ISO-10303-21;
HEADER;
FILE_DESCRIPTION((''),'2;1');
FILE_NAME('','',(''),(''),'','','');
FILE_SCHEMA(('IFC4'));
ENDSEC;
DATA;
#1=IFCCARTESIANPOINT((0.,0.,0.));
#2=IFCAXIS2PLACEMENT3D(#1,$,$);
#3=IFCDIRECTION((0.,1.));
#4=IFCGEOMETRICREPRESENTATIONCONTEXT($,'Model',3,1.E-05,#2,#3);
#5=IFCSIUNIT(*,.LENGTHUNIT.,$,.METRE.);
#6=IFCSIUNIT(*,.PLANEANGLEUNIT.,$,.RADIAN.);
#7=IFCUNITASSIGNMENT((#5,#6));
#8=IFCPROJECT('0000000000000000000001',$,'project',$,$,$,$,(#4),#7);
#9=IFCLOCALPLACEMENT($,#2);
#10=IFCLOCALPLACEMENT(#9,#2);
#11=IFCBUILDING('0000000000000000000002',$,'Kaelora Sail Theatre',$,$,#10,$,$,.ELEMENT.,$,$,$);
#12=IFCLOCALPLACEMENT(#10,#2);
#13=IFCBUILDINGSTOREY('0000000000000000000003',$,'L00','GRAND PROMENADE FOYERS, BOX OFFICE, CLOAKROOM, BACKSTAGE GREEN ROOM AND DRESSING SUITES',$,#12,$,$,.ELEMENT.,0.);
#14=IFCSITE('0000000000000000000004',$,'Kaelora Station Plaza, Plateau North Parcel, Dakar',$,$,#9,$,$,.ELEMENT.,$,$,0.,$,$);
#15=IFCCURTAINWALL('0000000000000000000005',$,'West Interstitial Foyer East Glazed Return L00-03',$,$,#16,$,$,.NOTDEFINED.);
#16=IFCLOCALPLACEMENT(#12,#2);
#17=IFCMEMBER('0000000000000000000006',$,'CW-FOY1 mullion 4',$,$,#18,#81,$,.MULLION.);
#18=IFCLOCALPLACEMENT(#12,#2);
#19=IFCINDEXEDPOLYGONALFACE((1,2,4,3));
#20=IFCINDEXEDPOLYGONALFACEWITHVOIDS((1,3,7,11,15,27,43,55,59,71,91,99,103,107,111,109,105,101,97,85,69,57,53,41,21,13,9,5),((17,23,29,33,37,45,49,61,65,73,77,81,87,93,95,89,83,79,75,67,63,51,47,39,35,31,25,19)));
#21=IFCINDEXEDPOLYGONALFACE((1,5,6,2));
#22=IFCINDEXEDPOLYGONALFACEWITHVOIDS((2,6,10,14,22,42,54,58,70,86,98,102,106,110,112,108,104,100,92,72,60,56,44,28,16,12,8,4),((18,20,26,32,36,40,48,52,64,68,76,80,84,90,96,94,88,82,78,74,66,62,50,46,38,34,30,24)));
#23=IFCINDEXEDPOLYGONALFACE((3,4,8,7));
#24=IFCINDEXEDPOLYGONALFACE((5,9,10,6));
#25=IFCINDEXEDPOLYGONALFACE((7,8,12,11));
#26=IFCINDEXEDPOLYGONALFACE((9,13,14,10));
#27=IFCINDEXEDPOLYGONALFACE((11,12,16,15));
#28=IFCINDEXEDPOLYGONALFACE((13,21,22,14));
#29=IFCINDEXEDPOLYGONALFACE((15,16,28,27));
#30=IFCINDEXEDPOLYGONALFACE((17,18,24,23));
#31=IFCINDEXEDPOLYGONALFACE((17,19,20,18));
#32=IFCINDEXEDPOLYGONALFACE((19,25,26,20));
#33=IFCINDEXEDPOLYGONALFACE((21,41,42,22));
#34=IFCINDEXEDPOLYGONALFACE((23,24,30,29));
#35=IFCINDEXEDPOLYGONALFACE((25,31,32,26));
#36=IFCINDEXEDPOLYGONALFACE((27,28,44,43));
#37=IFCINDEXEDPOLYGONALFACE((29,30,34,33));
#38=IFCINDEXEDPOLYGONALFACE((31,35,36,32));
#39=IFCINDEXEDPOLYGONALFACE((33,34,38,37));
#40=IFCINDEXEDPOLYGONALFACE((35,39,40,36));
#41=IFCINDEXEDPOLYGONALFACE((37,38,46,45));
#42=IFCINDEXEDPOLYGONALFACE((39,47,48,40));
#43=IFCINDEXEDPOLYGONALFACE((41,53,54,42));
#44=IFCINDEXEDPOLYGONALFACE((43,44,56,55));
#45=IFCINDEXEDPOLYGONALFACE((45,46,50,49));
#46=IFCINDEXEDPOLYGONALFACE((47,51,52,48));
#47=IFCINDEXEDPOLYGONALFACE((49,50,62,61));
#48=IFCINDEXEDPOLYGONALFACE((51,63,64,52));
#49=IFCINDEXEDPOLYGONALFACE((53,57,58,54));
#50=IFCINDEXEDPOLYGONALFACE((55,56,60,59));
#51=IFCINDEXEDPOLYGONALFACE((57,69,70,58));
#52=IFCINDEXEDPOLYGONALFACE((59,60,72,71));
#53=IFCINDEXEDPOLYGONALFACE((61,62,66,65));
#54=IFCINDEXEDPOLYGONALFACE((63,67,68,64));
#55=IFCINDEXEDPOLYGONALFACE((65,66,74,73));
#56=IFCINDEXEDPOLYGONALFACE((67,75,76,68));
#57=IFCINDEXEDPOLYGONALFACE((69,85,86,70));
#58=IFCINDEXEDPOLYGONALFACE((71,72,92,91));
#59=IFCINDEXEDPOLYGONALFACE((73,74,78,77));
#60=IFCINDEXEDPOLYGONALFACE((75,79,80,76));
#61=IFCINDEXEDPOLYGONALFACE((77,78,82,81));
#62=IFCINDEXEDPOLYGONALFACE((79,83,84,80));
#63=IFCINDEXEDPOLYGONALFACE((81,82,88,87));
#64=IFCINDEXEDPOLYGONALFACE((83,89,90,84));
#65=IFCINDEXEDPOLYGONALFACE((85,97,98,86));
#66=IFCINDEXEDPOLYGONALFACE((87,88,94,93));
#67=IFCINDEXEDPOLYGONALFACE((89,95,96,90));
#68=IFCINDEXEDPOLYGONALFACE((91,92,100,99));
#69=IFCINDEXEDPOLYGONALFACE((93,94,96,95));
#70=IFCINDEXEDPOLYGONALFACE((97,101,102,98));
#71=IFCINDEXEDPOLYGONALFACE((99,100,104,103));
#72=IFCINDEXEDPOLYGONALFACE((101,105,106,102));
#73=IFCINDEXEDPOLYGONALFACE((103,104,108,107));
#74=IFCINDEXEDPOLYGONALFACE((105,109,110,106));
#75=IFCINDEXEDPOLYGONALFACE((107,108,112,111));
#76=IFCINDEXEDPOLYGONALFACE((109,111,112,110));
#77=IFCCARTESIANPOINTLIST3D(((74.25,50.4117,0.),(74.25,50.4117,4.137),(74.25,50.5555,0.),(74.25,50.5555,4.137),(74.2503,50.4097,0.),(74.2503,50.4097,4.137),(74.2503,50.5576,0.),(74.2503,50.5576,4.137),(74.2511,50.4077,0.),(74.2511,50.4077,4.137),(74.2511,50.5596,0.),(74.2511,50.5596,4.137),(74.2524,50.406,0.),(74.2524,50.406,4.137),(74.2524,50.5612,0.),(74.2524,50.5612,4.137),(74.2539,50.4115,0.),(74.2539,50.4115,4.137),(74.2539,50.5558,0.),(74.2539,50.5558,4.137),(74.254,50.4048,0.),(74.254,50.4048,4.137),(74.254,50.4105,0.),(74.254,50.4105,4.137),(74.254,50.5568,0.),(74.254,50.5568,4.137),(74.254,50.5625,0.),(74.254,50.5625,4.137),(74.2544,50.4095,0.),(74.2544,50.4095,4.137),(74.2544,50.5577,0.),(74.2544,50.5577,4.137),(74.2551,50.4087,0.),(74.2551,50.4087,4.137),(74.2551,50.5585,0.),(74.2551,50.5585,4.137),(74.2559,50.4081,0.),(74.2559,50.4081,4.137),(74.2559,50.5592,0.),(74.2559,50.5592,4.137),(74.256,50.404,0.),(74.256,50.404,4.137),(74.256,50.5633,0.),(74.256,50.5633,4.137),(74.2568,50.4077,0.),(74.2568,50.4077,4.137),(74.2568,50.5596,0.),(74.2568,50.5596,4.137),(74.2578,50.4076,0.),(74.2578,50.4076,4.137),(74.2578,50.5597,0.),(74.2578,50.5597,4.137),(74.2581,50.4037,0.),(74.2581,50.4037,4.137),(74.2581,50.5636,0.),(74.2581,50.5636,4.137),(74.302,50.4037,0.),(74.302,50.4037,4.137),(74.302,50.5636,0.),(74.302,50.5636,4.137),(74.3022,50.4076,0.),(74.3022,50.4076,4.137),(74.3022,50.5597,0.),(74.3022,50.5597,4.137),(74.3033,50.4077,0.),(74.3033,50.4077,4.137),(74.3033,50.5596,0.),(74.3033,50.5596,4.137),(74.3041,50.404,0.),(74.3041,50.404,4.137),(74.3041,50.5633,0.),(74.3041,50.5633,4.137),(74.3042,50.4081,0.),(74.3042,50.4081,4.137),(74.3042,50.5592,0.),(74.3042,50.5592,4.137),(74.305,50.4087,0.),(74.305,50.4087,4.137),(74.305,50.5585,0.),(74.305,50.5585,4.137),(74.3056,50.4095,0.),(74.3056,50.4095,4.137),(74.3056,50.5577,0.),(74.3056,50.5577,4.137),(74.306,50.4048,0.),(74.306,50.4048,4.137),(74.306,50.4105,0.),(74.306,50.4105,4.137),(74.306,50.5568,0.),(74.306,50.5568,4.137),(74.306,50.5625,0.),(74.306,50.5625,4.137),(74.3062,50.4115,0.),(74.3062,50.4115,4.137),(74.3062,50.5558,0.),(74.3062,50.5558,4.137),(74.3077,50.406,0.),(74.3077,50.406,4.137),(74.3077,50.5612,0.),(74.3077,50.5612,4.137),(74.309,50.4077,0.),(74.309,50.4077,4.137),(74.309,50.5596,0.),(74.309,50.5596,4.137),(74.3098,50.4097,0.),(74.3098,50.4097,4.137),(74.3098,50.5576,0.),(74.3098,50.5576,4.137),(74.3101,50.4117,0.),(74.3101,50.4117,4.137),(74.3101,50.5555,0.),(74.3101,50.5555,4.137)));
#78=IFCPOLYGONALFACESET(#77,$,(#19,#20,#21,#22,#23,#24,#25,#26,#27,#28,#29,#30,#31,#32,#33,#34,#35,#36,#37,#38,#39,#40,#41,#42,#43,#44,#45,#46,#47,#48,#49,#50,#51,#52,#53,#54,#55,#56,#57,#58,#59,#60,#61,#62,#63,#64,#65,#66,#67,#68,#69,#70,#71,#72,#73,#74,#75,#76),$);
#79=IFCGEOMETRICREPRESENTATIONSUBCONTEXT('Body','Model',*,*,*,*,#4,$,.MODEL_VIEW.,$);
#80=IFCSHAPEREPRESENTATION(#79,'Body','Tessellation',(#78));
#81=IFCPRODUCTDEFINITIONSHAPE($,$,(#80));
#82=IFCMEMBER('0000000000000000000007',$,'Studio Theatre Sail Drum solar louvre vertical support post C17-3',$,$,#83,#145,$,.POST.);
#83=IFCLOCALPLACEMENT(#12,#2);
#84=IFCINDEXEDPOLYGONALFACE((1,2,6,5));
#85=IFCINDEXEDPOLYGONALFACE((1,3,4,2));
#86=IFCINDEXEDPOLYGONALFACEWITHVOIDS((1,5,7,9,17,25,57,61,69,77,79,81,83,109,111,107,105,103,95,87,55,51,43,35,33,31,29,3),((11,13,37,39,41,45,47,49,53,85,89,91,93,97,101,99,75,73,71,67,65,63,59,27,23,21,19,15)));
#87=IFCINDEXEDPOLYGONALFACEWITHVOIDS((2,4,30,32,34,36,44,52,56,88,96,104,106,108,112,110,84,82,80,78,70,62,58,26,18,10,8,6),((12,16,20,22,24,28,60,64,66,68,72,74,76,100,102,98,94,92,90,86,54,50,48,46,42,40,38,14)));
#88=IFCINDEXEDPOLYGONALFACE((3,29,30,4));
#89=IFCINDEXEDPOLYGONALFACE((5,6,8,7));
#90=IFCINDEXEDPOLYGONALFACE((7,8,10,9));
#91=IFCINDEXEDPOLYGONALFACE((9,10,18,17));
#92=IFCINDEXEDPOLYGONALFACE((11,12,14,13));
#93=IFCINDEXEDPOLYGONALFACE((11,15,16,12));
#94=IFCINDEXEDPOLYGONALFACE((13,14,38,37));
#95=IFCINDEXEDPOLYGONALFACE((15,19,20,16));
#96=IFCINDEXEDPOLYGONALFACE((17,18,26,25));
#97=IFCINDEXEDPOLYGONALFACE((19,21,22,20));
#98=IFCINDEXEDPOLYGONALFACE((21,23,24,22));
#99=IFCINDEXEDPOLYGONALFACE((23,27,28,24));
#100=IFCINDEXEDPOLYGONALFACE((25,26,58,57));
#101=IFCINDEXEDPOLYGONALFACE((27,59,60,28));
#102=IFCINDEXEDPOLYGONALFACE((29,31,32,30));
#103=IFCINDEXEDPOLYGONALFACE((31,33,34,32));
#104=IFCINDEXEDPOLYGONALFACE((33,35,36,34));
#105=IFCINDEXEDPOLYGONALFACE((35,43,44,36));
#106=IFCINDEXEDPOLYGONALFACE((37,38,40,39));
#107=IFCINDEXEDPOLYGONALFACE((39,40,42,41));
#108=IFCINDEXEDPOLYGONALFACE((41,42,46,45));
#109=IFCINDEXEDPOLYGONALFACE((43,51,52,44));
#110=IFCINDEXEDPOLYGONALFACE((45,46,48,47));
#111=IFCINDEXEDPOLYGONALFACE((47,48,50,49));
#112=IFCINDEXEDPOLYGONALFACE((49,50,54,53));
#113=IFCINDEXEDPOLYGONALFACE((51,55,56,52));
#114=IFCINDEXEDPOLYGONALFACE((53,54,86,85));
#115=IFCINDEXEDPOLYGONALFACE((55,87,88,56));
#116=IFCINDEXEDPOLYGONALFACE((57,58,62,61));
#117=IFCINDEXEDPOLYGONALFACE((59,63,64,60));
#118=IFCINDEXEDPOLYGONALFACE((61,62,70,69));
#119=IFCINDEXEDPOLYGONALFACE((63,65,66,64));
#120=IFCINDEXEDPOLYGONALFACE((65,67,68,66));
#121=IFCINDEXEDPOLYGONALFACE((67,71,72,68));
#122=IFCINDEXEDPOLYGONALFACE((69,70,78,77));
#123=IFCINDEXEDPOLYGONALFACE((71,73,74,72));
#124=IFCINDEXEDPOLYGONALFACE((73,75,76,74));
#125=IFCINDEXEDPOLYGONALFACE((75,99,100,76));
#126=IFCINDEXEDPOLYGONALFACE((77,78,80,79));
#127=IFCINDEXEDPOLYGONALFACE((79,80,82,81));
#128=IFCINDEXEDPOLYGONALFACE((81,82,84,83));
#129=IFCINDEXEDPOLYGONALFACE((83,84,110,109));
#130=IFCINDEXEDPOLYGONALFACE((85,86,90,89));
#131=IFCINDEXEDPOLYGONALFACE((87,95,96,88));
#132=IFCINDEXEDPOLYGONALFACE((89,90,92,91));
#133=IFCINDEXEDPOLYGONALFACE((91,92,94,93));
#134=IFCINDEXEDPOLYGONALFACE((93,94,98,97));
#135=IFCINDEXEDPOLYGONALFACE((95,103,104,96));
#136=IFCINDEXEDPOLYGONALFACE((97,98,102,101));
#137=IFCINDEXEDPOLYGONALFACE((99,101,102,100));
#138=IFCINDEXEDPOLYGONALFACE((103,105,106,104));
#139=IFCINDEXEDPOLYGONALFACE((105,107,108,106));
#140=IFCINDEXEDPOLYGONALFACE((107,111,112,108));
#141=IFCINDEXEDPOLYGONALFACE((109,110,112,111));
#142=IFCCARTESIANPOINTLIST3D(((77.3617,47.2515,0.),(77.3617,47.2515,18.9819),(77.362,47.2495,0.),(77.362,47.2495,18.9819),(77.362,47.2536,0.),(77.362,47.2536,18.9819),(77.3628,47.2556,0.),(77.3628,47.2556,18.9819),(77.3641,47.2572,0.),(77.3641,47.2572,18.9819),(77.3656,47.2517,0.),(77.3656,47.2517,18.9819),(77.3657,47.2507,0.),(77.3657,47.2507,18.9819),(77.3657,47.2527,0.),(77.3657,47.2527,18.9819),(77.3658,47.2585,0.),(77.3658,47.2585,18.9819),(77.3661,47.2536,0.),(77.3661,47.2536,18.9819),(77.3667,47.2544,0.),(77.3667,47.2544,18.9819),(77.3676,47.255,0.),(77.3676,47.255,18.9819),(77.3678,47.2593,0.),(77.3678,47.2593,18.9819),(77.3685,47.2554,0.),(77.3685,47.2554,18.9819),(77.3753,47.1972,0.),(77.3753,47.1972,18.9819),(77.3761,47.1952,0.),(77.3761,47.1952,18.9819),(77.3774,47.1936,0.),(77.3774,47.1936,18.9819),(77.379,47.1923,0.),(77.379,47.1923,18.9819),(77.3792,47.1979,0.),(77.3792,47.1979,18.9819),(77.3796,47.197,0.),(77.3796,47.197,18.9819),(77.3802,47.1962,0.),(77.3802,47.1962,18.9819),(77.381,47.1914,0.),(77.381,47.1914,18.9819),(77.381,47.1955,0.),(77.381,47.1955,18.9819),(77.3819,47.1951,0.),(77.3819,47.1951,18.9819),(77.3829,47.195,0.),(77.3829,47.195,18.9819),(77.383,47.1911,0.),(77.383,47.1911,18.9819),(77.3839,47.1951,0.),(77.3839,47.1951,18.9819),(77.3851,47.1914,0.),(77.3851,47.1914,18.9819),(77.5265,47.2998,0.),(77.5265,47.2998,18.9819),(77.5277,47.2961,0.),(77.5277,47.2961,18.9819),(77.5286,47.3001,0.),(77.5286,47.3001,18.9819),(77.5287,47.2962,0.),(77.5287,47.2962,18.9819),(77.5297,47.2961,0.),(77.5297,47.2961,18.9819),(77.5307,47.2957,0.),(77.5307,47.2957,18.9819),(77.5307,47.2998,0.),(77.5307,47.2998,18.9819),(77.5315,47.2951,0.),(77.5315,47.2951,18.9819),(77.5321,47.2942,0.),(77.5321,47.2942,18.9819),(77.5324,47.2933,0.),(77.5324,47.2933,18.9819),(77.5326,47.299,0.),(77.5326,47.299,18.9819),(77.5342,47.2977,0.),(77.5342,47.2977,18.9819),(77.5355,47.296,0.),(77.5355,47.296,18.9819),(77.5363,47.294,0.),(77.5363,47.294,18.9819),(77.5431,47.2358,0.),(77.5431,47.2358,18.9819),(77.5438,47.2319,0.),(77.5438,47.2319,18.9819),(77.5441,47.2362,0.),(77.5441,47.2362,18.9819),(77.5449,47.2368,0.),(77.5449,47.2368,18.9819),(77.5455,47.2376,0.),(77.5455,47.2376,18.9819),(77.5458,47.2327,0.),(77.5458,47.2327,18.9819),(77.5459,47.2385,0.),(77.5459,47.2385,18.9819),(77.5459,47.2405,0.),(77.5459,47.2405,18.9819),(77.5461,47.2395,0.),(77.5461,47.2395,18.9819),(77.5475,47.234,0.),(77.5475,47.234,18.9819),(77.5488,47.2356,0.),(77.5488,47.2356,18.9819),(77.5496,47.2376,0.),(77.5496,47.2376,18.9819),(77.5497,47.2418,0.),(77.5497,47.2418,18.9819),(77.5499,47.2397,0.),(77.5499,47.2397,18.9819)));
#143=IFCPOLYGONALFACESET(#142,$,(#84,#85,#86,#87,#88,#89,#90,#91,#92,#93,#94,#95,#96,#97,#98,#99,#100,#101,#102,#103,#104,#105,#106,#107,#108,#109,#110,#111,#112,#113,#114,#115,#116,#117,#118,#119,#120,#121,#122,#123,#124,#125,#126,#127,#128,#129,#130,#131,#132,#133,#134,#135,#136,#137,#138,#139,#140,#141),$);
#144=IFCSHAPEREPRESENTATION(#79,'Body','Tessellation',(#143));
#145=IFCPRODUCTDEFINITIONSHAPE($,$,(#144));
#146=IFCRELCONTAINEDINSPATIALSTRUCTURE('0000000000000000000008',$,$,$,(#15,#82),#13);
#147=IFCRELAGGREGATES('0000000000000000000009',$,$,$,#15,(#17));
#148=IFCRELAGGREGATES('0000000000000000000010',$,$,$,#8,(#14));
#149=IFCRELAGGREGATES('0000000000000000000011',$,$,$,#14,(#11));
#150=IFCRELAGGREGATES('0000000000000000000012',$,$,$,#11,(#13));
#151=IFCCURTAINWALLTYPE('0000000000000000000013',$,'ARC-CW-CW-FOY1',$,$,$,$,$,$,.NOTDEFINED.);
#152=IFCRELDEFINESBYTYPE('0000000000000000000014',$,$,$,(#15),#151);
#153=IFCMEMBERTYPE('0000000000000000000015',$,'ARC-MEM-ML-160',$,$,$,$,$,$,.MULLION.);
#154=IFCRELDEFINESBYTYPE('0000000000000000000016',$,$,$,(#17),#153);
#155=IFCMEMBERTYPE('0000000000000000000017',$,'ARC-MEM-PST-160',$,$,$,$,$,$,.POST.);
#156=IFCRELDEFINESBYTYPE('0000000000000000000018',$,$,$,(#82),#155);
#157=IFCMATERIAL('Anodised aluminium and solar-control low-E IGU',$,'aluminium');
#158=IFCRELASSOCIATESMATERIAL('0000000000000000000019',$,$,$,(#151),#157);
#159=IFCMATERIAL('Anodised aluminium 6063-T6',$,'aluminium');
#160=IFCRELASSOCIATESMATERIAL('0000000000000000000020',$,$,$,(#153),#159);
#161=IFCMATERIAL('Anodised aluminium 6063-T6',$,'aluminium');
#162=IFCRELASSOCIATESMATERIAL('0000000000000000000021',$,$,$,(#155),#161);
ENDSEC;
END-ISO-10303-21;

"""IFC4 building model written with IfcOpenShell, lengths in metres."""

from ifc_helpers import new_model, si_unit, direction, frame, origin, origin_2d, place, context, subcontext, project, spatial, hollow_rectangle, extrude, material, material_profile, profile_set, type_object, element, aggregate, save


model = new_model("IFC4")

# Units and contexts
model_context = context("Model", 3, precision=1e-05, world=origin(), true_north=direction((0.0, 1.0)))
body_context = subcontext(model_context, "Body", "Model", "MODEL_VIEW")
ifc_project = project(units=[si_unit("LENGTHUNIT", "METRE"), si_unit("PLANEANGLEUNIT", "RADIAN")], contexts=[model_context])

# Site, building, storey
site_placement = place(None, origin())
site = spatial("IfcSite", under=ifc_project, at=site_placement, Name="Kaelora Station Plaza, Plateau North Parcel, Dakar", CompositionType="ELEMENT", RefElevation=0.0)
building_placement = place(site_placement, origin())
building = spatial("IfcBuilding", under=site, at=building_placement, Name="Kaelora Sail Theatre", CompositionType="ELEMENT")
storey_placement = place(building_placement, origin())
storey = spatial("IfcBuildingStorey", under=building, at=storey_placement, Name="L00", Description="GRAND PROMENADE FOYERS, BOX OFFICE, CLOAKROOM, BACKSTAGE GREEN ROOM AND DRESSING SUITES", CompositionType="ELEMENT", Elevation=0.0)

# Curtain wall, member
ifc_material_1 = material(Name="Anodised aluminium and solar-control low-E IGU", Category="aluminium")
curtain_wall_type = type_object("IfcCurtainWallType", Name="ARC-CW-CW-FOY1", PredefinedType="NOTDEFINED", material=ifc_material_1)
curtain_wall_placement = place(storey_placement, origin())
curtain_wall = element("IfcCurtainWall", 1, at=curtain_wall_placement, inside=storey, type_object=curtain_wall_type, Name="West Interstitial Foyer East Glazed Return L00-03", PredefinedType="NOTDEFINED")
ifc_material_2 = material(Name="Anodised aluminium 6063-T6", Category="aluminium")
ifc_material_profile_1 = material_profile(ifc_material_2, hollow_rectangle(XDim=0.0601, YDim=0.1599, WallThickness=0.0039, InnerFilletRadius=0.0039, OuterFilletRadius=0.0081, at=origin_2d()), Name="ALU-MULL 60x160x4")
ifc_profile_set_1 = profile_set([ifc_material_profile_1], Name="Anodised aluminium 6063-T6")
member_type_1 = type_object("IfcMemberType", Name="ARC-MEM-ML-160", PredefinedType="MULLION", material=ifc_profile_set_1)
member_1_placement = place(storey_placement, frame((74.28, 50.4836, 0.0), z_axis=(0.0, 0.0, 1.0), x_axis=(-1.0, 0.0, 0.0)))
member_1 = element("IfcMember", 2, at=member_1_placement, type_object=member_type_1, Name="CW-FOY1 mullion 4", PredefinedType="MULLION", context=body_context, shape_type="SweptSolid", body=[
    extrude(hollow_rectangle(XDim=0.0601, YDim=0.1599, WallThickness=0.0039, InnerFilletRadius=0.0039, OuterFilletRadius=0.0081, at=origin_2d()), origin(), (0.0, 0.0, 1.0), 4.137),
])

# Member
ifc_material_3 = material(Name="Anodised aluminium 6063-T6", Category="aluminium")
ifc_material_profile_2 = material_profile(ifc_material_3, hollow_rectangle(XDim=0.0701, YDim=0.1799, WallThickness=0.0039, InnerFilletRadius=0.0039, OuterFilletRadius=0.0081, at=origin_2d()), Name="ALU-MULL 70x180x4")
ifc_profile_set_2 = profile_set([ifc_material_profile_2], Name="Anodised aluminium 6063-T6")
member_type_2 = type_object("IfcMemberType", Name="ARC-MEM-PST-160", PredefinedType="POST", material=ifc_profile_set_2)
member_2_placement = place(storey_placement, frame((77.4558, 47.2456, 0.0), z_axis=(0.0, 0.0, 1.0), x_axis=(-0.247675, 0.968843, 0.0)))
element("IfcMember", 3, at=member_2_placement, inside=storey, type_object=member_type_2, Name="Studio Theatre Sail Drum solar louvre vertical support post C17-3", PredefinedType="POST", context=body_context, shape_type="SweptSolid", body=[
    extrude(hollow_rectangle(XDim=0.0701, YDim=0.1799, WallThickness=0.0039, InnerFilletRadius=0.0039, OuterFilletRadius=0.0081, at=origin_2d()), origin(), (0.0, 0.0, 1.0), 18.9819),
])

aggregate(curtain_wall, [member_1])

save(model, "model.ifc")
